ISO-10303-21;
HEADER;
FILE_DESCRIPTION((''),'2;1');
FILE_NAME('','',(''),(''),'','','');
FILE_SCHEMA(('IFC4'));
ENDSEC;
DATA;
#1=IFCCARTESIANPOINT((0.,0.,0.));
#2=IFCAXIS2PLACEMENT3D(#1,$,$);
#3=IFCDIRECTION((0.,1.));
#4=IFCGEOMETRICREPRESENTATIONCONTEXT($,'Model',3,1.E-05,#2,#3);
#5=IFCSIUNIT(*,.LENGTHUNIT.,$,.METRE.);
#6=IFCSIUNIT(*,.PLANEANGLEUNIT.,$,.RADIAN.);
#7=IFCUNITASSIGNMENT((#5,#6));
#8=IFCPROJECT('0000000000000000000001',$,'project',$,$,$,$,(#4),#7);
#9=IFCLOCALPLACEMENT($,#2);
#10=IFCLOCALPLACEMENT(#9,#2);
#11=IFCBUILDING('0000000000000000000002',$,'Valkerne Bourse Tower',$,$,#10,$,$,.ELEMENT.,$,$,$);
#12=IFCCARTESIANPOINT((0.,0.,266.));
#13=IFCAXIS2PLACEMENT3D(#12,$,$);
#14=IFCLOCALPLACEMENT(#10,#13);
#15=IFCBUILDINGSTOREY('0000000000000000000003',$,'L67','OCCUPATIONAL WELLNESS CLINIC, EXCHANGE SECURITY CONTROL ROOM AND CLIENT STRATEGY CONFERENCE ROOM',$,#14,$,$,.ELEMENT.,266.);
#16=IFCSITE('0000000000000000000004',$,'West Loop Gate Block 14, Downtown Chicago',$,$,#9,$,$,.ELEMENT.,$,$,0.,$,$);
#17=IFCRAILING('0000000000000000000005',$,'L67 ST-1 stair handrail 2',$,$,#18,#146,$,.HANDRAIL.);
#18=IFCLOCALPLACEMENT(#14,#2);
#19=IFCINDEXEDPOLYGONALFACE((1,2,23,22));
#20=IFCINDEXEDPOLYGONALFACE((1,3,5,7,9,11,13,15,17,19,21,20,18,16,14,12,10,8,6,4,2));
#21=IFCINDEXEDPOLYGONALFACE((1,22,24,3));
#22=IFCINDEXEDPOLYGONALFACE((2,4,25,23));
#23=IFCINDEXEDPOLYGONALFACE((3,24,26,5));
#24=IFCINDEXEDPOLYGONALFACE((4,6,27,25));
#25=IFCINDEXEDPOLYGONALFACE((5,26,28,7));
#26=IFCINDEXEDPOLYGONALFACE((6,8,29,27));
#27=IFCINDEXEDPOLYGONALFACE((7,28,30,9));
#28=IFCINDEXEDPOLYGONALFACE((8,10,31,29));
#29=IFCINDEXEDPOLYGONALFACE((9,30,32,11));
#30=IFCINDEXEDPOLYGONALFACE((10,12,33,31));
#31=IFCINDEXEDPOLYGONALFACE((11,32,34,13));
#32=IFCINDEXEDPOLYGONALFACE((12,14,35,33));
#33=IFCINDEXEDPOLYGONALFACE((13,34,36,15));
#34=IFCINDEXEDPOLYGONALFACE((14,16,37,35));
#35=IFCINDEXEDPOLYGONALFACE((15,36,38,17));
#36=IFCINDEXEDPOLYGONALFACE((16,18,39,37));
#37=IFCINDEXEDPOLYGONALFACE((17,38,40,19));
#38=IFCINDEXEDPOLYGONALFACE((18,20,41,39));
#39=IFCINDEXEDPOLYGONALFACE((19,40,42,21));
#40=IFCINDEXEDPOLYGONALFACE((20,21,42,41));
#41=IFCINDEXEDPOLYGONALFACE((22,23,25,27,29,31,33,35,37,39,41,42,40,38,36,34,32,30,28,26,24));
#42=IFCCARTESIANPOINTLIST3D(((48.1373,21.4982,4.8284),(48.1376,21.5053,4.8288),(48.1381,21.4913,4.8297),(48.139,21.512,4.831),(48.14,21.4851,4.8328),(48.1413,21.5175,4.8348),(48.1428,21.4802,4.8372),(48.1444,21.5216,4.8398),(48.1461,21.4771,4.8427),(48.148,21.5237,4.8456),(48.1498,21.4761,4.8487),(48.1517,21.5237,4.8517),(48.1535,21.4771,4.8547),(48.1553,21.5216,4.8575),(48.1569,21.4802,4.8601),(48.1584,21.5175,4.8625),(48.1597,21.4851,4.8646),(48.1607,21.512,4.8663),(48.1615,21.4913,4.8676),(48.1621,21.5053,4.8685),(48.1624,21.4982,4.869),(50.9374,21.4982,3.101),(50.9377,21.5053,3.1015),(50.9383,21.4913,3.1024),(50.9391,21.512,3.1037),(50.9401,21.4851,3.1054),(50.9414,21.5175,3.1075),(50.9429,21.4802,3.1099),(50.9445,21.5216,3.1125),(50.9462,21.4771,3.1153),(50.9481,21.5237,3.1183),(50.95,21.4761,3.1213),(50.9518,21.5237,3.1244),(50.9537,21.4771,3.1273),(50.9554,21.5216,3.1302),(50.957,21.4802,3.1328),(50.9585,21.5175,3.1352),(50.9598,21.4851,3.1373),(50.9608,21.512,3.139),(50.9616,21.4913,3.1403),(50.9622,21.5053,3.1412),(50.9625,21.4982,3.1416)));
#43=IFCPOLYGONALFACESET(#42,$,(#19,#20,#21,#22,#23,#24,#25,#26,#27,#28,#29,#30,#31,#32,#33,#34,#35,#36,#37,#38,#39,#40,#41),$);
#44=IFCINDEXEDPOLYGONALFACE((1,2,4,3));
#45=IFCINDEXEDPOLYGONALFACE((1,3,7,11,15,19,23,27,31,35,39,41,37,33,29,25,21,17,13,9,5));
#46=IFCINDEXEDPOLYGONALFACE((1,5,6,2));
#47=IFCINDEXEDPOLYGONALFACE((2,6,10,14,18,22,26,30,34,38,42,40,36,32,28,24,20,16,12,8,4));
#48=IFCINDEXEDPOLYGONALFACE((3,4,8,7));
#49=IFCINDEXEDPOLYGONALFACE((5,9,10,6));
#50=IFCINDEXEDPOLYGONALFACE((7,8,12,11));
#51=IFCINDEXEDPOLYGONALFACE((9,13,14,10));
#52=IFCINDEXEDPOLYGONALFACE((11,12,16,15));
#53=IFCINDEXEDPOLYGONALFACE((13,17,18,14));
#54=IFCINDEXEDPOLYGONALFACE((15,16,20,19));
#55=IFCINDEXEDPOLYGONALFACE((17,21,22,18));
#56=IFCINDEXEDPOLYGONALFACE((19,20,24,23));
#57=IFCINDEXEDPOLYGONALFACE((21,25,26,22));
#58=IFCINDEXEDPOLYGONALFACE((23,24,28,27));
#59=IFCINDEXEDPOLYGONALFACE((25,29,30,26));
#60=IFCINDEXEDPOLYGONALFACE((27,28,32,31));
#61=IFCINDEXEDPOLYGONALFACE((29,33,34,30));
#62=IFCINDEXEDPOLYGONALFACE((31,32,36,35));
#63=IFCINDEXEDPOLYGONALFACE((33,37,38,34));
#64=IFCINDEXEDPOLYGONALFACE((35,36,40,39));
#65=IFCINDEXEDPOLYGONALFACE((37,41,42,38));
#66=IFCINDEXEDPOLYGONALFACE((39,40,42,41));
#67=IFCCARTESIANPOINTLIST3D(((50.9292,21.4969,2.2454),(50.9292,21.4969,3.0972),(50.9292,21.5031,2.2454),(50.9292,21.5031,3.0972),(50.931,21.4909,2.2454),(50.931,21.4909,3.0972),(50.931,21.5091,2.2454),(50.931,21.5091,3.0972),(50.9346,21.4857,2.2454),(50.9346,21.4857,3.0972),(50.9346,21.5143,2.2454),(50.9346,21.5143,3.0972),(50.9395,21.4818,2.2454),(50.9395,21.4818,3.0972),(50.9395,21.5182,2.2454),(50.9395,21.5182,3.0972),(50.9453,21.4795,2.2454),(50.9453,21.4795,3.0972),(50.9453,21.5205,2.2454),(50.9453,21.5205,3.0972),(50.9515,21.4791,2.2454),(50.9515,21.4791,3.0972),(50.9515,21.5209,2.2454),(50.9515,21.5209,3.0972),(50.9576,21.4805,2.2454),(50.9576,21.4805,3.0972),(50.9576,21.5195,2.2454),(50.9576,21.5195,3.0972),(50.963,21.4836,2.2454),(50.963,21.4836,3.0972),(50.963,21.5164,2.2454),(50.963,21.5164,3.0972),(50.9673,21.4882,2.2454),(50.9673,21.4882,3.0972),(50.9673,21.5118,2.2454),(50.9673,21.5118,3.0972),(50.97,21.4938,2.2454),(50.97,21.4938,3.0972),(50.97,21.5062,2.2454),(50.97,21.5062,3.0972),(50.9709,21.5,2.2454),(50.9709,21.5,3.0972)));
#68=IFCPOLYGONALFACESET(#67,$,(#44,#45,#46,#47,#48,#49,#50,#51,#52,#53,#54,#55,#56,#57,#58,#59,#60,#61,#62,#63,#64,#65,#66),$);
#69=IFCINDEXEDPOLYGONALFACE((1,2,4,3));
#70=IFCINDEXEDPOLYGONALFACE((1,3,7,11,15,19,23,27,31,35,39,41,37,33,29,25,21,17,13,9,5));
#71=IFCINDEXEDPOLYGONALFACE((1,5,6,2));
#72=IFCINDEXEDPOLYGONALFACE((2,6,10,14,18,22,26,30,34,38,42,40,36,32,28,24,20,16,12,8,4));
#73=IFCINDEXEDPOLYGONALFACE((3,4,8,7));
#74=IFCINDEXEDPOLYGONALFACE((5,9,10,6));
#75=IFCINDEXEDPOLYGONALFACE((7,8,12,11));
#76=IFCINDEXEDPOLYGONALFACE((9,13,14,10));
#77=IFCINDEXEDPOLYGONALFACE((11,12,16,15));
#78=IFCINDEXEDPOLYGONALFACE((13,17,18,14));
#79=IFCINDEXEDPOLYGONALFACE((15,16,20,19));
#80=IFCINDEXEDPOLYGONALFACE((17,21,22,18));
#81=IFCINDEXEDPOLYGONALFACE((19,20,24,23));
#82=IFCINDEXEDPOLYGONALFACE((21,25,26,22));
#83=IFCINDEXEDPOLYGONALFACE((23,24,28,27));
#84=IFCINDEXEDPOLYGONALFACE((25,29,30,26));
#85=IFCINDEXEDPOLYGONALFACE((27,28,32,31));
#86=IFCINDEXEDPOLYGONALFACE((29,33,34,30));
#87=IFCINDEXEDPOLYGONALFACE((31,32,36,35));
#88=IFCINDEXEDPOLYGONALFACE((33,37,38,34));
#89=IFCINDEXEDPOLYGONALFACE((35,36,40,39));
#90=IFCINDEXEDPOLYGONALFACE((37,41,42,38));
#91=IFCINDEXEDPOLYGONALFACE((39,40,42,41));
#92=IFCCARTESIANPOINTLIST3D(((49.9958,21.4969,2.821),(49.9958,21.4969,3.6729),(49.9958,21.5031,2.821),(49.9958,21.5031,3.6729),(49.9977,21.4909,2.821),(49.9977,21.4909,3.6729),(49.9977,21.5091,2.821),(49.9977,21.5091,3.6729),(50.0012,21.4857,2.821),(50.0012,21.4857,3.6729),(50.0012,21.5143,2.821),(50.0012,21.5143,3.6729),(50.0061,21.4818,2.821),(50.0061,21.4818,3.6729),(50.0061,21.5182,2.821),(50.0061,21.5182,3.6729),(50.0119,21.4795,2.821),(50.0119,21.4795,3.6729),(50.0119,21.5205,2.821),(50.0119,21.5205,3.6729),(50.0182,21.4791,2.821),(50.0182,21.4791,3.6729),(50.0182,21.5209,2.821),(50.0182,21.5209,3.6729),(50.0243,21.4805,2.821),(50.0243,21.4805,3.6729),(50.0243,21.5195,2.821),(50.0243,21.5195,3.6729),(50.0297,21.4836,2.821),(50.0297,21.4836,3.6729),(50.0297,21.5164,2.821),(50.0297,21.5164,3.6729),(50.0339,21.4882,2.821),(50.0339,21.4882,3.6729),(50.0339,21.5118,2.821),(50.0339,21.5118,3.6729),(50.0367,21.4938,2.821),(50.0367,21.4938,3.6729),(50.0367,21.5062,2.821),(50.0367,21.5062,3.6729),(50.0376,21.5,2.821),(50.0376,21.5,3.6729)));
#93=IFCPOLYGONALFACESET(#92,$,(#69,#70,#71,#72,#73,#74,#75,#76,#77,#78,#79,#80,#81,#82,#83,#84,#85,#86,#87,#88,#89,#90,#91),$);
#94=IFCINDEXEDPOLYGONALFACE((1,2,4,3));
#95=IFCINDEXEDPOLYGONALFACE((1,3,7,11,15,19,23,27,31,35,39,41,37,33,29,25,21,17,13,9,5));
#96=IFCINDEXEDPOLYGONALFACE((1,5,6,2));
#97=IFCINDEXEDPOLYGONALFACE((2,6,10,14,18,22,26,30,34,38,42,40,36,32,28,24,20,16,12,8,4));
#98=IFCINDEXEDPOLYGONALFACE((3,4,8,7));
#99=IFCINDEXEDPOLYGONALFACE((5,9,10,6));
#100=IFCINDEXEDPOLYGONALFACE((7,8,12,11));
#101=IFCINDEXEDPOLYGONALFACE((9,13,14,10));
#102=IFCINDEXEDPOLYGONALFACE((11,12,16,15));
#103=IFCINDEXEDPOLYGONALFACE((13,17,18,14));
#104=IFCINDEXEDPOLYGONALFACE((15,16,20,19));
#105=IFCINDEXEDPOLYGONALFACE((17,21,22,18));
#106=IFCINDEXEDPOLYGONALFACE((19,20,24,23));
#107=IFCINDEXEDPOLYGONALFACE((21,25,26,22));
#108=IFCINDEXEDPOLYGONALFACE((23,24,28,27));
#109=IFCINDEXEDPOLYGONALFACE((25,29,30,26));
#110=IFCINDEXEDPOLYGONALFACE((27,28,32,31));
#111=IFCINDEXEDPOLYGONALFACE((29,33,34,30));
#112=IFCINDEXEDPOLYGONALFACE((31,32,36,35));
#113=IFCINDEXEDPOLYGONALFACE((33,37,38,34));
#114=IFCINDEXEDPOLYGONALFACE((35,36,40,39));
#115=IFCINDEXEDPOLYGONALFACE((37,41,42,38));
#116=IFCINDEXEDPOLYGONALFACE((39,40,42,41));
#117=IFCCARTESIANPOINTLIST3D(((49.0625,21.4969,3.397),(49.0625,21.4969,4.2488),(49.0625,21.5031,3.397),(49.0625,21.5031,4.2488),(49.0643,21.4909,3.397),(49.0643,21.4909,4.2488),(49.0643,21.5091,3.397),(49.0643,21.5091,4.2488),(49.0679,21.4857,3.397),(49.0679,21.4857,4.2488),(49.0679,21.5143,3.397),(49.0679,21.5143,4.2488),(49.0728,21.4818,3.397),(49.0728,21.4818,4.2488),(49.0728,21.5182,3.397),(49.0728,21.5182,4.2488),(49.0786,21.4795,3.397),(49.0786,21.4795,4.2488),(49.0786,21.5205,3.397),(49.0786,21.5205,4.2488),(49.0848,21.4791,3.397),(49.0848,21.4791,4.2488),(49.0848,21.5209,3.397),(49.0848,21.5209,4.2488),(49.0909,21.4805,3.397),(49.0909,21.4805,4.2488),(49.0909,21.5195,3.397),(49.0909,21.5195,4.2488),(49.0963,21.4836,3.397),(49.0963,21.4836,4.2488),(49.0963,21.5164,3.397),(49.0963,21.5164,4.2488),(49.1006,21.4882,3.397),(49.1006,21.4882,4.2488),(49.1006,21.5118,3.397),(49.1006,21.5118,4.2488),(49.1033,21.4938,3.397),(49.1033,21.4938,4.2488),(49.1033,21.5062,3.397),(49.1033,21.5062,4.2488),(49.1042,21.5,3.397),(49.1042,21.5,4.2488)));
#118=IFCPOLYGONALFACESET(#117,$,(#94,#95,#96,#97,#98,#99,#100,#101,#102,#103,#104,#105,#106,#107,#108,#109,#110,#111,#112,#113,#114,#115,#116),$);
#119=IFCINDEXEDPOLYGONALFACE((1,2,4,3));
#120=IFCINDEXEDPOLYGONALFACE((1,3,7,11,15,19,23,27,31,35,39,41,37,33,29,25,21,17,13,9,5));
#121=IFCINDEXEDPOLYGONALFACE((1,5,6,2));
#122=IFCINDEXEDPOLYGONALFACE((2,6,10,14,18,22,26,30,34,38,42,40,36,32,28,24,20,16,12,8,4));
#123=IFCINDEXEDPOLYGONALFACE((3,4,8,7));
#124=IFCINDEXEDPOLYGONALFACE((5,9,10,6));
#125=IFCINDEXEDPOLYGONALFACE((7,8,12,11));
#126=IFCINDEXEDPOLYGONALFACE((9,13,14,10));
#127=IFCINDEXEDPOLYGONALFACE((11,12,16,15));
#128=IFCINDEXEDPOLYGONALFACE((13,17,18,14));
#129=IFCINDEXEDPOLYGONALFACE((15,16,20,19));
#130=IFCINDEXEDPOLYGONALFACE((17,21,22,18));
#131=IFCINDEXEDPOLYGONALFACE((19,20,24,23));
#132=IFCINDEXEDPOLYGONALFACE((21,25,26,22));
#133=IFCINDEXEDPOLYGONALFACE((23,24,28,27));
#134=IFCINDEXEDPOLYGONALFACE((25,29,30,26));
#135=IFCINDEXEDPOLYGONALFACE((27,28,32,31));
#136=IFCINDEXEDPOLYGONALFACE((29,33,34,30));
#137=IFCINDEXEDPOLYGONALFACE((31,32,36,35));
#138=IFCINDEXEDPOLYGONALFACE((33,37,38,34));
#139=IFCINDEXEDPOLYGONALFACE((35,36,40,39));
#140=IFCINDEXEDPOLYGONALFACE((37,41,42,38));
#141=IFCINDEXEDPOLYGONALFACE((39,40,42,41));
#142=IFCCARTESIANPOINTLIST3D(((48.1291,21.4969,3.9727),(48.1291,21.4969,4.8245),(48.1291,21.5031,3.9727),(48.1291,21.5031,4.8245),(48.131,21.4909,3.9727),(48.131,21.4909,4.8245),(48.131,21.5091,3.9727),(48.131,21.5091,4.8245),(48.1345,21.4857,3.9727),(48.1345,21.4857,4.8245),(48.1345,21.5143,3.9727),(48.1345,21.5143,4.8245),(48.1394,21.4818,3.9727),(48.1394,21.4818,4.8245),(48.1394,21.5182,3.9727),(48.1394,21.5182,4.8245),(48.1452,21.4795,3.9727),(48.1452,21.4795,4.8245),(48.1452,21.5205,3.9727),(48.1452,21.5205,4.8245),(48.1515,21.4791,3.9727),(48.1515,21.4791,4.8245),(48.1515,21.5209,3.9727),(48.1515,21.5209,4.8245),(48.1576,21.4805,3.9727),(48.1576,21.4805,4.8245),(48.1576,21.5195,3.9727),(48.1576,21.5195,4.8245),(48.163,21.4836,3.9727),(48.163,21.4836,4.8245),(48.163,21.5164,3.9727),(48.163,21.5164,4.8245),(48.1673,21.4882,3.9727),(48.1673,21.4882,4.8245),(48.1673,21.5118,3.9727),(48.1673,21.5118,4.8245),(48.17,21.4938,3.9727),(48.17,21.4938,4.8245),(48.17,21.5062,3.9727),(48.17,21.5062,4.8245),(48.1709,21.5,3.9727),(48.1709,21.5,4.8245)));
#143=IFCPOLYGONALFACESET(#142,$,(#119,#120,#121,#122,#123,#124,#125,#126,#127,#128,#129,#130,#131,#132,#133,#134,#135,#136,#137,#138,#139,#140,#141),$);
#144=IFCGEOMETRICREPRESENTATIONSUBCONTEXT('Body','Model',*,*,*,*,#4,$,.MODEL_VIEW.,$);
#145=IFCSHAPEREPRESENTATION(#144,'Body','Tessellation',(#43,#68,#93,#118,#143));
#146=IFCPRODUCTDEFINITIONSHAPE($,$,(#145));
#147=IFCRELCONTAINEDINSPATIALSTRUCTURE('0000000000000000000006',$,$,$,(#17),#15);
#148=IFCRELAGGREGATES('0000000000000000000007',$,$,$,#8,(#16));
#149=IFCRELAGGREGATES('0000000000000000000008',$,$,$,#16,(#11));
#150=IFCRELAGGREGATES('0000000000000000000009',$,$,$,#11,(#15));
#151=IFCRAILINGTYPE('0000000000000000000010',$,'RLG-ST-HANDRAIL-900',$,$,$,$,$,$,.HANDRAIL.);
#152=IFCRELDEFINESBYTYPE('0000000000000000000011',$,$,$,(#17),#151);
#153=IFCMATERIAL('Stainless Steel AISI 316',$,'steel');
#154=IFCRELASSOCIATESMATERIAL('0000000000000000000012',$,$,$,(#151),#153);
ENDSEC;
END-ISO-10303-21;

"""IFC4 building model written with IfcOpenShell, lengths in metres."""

from ifc_helpers import new_model, si_unit, direction, frame, origin, origin_2d, place, context, subcontext, project, spatial, circle, extrude, material, type_object, element, save


model = new_model("IFC4")

# Units and contexts
model_context = context("Model", 3, precision=1e-05, world=origin(), true_north=direction((0.0, 1.0)))
body_context = subcontext(model_context, "Body", "Model", "MODEL_VIEW")
ifc_project = project(units=[si_unit("LENGTHUNIT", "METRE"), si_unit("PLANEANGLEUNIT", "RADIAN")], contexts=[model_context])

# Site, building, storey
site_placement = place(None, origin())
site = spatial("IfcSite", under=ifc_project, at=site_placement, Name="West Loop Gate Block 14, Downtown Chicago", CompositionType="ELEMENT", RefElevation=0.0)
building_placement = place(site_placement, origin())
building = spatial("IfcBuilding", under=site, at=building_placement, Name="Valkerne Bourse Tower", CompositionType="ELEMENT")
storey_placement = place(building_placement, frame((0.0, 0.0, 266.0)))
storey = spatial("IfcBuildingStorey", under=building, at=storey_placement, Name="L67", Description="OCCUPATIONAL WELLNESS CLINIC, EXCHANGE SECURITY CONTROL ROOM AND CLIENT STRATEGY CONFERENCE ROOM", CompositionType="ELEMENT", Elevation=266.0)

# Shared definitions
ifc_material_1 = material(Name="Stainless Steel AISI 316", Category="steel")

# Railing
railing_type_1 = type_object("IfcRailingType", Name="RLG-ST-HANDRAIL-900", PredefinedType="HANDRAIL", material=ifc_material_1)
railing_1_placement = place(storey_placement, frame((50.95, 21.5, 2.2454)))
element("IfcRailing", 1, at=railing_1_placement, inside=storey, type_object=railing_type_1, Name="L67 ST-1 stair handrail 2", PredefinedType="HANDRAIL", context=body_context, shape_type="SweptSolid", body=[
    extrude(circle(Radius=0.0239, at=origin_2d()), frame((0.0, 0.0, 0.876), z_axis=(-0.85109, 0.0, 0.52502), x_axis=(0.0, -1.0, 0.0)), (0.0, 0.0, 1.0), 3.29),
    extrude(circle(Radius=0.021, at=origin_2d()), origin(), (0.0, 0.0, 1.0), 0.8518),
    extrude(circle(Radius=0.021, at=origin_2d()), frame((-0.9333, 0.0, 0.5757)), (0.0, 0.0, 1.0), 0.8518),
    extrude(circle(Radius=0.021, at=origin_2d()), frame((-1.8667, 0.0, 1.1516)), (0.0, 0.0, 1.0), 0.8518),
    extrude(circle(Radius=0.021, at=origin_2d()), frame((-2.8, 0.0, 1.7273)), (0.0, 0.0, 1.0), 0.8518),
])

save(model, "model.ifc")
